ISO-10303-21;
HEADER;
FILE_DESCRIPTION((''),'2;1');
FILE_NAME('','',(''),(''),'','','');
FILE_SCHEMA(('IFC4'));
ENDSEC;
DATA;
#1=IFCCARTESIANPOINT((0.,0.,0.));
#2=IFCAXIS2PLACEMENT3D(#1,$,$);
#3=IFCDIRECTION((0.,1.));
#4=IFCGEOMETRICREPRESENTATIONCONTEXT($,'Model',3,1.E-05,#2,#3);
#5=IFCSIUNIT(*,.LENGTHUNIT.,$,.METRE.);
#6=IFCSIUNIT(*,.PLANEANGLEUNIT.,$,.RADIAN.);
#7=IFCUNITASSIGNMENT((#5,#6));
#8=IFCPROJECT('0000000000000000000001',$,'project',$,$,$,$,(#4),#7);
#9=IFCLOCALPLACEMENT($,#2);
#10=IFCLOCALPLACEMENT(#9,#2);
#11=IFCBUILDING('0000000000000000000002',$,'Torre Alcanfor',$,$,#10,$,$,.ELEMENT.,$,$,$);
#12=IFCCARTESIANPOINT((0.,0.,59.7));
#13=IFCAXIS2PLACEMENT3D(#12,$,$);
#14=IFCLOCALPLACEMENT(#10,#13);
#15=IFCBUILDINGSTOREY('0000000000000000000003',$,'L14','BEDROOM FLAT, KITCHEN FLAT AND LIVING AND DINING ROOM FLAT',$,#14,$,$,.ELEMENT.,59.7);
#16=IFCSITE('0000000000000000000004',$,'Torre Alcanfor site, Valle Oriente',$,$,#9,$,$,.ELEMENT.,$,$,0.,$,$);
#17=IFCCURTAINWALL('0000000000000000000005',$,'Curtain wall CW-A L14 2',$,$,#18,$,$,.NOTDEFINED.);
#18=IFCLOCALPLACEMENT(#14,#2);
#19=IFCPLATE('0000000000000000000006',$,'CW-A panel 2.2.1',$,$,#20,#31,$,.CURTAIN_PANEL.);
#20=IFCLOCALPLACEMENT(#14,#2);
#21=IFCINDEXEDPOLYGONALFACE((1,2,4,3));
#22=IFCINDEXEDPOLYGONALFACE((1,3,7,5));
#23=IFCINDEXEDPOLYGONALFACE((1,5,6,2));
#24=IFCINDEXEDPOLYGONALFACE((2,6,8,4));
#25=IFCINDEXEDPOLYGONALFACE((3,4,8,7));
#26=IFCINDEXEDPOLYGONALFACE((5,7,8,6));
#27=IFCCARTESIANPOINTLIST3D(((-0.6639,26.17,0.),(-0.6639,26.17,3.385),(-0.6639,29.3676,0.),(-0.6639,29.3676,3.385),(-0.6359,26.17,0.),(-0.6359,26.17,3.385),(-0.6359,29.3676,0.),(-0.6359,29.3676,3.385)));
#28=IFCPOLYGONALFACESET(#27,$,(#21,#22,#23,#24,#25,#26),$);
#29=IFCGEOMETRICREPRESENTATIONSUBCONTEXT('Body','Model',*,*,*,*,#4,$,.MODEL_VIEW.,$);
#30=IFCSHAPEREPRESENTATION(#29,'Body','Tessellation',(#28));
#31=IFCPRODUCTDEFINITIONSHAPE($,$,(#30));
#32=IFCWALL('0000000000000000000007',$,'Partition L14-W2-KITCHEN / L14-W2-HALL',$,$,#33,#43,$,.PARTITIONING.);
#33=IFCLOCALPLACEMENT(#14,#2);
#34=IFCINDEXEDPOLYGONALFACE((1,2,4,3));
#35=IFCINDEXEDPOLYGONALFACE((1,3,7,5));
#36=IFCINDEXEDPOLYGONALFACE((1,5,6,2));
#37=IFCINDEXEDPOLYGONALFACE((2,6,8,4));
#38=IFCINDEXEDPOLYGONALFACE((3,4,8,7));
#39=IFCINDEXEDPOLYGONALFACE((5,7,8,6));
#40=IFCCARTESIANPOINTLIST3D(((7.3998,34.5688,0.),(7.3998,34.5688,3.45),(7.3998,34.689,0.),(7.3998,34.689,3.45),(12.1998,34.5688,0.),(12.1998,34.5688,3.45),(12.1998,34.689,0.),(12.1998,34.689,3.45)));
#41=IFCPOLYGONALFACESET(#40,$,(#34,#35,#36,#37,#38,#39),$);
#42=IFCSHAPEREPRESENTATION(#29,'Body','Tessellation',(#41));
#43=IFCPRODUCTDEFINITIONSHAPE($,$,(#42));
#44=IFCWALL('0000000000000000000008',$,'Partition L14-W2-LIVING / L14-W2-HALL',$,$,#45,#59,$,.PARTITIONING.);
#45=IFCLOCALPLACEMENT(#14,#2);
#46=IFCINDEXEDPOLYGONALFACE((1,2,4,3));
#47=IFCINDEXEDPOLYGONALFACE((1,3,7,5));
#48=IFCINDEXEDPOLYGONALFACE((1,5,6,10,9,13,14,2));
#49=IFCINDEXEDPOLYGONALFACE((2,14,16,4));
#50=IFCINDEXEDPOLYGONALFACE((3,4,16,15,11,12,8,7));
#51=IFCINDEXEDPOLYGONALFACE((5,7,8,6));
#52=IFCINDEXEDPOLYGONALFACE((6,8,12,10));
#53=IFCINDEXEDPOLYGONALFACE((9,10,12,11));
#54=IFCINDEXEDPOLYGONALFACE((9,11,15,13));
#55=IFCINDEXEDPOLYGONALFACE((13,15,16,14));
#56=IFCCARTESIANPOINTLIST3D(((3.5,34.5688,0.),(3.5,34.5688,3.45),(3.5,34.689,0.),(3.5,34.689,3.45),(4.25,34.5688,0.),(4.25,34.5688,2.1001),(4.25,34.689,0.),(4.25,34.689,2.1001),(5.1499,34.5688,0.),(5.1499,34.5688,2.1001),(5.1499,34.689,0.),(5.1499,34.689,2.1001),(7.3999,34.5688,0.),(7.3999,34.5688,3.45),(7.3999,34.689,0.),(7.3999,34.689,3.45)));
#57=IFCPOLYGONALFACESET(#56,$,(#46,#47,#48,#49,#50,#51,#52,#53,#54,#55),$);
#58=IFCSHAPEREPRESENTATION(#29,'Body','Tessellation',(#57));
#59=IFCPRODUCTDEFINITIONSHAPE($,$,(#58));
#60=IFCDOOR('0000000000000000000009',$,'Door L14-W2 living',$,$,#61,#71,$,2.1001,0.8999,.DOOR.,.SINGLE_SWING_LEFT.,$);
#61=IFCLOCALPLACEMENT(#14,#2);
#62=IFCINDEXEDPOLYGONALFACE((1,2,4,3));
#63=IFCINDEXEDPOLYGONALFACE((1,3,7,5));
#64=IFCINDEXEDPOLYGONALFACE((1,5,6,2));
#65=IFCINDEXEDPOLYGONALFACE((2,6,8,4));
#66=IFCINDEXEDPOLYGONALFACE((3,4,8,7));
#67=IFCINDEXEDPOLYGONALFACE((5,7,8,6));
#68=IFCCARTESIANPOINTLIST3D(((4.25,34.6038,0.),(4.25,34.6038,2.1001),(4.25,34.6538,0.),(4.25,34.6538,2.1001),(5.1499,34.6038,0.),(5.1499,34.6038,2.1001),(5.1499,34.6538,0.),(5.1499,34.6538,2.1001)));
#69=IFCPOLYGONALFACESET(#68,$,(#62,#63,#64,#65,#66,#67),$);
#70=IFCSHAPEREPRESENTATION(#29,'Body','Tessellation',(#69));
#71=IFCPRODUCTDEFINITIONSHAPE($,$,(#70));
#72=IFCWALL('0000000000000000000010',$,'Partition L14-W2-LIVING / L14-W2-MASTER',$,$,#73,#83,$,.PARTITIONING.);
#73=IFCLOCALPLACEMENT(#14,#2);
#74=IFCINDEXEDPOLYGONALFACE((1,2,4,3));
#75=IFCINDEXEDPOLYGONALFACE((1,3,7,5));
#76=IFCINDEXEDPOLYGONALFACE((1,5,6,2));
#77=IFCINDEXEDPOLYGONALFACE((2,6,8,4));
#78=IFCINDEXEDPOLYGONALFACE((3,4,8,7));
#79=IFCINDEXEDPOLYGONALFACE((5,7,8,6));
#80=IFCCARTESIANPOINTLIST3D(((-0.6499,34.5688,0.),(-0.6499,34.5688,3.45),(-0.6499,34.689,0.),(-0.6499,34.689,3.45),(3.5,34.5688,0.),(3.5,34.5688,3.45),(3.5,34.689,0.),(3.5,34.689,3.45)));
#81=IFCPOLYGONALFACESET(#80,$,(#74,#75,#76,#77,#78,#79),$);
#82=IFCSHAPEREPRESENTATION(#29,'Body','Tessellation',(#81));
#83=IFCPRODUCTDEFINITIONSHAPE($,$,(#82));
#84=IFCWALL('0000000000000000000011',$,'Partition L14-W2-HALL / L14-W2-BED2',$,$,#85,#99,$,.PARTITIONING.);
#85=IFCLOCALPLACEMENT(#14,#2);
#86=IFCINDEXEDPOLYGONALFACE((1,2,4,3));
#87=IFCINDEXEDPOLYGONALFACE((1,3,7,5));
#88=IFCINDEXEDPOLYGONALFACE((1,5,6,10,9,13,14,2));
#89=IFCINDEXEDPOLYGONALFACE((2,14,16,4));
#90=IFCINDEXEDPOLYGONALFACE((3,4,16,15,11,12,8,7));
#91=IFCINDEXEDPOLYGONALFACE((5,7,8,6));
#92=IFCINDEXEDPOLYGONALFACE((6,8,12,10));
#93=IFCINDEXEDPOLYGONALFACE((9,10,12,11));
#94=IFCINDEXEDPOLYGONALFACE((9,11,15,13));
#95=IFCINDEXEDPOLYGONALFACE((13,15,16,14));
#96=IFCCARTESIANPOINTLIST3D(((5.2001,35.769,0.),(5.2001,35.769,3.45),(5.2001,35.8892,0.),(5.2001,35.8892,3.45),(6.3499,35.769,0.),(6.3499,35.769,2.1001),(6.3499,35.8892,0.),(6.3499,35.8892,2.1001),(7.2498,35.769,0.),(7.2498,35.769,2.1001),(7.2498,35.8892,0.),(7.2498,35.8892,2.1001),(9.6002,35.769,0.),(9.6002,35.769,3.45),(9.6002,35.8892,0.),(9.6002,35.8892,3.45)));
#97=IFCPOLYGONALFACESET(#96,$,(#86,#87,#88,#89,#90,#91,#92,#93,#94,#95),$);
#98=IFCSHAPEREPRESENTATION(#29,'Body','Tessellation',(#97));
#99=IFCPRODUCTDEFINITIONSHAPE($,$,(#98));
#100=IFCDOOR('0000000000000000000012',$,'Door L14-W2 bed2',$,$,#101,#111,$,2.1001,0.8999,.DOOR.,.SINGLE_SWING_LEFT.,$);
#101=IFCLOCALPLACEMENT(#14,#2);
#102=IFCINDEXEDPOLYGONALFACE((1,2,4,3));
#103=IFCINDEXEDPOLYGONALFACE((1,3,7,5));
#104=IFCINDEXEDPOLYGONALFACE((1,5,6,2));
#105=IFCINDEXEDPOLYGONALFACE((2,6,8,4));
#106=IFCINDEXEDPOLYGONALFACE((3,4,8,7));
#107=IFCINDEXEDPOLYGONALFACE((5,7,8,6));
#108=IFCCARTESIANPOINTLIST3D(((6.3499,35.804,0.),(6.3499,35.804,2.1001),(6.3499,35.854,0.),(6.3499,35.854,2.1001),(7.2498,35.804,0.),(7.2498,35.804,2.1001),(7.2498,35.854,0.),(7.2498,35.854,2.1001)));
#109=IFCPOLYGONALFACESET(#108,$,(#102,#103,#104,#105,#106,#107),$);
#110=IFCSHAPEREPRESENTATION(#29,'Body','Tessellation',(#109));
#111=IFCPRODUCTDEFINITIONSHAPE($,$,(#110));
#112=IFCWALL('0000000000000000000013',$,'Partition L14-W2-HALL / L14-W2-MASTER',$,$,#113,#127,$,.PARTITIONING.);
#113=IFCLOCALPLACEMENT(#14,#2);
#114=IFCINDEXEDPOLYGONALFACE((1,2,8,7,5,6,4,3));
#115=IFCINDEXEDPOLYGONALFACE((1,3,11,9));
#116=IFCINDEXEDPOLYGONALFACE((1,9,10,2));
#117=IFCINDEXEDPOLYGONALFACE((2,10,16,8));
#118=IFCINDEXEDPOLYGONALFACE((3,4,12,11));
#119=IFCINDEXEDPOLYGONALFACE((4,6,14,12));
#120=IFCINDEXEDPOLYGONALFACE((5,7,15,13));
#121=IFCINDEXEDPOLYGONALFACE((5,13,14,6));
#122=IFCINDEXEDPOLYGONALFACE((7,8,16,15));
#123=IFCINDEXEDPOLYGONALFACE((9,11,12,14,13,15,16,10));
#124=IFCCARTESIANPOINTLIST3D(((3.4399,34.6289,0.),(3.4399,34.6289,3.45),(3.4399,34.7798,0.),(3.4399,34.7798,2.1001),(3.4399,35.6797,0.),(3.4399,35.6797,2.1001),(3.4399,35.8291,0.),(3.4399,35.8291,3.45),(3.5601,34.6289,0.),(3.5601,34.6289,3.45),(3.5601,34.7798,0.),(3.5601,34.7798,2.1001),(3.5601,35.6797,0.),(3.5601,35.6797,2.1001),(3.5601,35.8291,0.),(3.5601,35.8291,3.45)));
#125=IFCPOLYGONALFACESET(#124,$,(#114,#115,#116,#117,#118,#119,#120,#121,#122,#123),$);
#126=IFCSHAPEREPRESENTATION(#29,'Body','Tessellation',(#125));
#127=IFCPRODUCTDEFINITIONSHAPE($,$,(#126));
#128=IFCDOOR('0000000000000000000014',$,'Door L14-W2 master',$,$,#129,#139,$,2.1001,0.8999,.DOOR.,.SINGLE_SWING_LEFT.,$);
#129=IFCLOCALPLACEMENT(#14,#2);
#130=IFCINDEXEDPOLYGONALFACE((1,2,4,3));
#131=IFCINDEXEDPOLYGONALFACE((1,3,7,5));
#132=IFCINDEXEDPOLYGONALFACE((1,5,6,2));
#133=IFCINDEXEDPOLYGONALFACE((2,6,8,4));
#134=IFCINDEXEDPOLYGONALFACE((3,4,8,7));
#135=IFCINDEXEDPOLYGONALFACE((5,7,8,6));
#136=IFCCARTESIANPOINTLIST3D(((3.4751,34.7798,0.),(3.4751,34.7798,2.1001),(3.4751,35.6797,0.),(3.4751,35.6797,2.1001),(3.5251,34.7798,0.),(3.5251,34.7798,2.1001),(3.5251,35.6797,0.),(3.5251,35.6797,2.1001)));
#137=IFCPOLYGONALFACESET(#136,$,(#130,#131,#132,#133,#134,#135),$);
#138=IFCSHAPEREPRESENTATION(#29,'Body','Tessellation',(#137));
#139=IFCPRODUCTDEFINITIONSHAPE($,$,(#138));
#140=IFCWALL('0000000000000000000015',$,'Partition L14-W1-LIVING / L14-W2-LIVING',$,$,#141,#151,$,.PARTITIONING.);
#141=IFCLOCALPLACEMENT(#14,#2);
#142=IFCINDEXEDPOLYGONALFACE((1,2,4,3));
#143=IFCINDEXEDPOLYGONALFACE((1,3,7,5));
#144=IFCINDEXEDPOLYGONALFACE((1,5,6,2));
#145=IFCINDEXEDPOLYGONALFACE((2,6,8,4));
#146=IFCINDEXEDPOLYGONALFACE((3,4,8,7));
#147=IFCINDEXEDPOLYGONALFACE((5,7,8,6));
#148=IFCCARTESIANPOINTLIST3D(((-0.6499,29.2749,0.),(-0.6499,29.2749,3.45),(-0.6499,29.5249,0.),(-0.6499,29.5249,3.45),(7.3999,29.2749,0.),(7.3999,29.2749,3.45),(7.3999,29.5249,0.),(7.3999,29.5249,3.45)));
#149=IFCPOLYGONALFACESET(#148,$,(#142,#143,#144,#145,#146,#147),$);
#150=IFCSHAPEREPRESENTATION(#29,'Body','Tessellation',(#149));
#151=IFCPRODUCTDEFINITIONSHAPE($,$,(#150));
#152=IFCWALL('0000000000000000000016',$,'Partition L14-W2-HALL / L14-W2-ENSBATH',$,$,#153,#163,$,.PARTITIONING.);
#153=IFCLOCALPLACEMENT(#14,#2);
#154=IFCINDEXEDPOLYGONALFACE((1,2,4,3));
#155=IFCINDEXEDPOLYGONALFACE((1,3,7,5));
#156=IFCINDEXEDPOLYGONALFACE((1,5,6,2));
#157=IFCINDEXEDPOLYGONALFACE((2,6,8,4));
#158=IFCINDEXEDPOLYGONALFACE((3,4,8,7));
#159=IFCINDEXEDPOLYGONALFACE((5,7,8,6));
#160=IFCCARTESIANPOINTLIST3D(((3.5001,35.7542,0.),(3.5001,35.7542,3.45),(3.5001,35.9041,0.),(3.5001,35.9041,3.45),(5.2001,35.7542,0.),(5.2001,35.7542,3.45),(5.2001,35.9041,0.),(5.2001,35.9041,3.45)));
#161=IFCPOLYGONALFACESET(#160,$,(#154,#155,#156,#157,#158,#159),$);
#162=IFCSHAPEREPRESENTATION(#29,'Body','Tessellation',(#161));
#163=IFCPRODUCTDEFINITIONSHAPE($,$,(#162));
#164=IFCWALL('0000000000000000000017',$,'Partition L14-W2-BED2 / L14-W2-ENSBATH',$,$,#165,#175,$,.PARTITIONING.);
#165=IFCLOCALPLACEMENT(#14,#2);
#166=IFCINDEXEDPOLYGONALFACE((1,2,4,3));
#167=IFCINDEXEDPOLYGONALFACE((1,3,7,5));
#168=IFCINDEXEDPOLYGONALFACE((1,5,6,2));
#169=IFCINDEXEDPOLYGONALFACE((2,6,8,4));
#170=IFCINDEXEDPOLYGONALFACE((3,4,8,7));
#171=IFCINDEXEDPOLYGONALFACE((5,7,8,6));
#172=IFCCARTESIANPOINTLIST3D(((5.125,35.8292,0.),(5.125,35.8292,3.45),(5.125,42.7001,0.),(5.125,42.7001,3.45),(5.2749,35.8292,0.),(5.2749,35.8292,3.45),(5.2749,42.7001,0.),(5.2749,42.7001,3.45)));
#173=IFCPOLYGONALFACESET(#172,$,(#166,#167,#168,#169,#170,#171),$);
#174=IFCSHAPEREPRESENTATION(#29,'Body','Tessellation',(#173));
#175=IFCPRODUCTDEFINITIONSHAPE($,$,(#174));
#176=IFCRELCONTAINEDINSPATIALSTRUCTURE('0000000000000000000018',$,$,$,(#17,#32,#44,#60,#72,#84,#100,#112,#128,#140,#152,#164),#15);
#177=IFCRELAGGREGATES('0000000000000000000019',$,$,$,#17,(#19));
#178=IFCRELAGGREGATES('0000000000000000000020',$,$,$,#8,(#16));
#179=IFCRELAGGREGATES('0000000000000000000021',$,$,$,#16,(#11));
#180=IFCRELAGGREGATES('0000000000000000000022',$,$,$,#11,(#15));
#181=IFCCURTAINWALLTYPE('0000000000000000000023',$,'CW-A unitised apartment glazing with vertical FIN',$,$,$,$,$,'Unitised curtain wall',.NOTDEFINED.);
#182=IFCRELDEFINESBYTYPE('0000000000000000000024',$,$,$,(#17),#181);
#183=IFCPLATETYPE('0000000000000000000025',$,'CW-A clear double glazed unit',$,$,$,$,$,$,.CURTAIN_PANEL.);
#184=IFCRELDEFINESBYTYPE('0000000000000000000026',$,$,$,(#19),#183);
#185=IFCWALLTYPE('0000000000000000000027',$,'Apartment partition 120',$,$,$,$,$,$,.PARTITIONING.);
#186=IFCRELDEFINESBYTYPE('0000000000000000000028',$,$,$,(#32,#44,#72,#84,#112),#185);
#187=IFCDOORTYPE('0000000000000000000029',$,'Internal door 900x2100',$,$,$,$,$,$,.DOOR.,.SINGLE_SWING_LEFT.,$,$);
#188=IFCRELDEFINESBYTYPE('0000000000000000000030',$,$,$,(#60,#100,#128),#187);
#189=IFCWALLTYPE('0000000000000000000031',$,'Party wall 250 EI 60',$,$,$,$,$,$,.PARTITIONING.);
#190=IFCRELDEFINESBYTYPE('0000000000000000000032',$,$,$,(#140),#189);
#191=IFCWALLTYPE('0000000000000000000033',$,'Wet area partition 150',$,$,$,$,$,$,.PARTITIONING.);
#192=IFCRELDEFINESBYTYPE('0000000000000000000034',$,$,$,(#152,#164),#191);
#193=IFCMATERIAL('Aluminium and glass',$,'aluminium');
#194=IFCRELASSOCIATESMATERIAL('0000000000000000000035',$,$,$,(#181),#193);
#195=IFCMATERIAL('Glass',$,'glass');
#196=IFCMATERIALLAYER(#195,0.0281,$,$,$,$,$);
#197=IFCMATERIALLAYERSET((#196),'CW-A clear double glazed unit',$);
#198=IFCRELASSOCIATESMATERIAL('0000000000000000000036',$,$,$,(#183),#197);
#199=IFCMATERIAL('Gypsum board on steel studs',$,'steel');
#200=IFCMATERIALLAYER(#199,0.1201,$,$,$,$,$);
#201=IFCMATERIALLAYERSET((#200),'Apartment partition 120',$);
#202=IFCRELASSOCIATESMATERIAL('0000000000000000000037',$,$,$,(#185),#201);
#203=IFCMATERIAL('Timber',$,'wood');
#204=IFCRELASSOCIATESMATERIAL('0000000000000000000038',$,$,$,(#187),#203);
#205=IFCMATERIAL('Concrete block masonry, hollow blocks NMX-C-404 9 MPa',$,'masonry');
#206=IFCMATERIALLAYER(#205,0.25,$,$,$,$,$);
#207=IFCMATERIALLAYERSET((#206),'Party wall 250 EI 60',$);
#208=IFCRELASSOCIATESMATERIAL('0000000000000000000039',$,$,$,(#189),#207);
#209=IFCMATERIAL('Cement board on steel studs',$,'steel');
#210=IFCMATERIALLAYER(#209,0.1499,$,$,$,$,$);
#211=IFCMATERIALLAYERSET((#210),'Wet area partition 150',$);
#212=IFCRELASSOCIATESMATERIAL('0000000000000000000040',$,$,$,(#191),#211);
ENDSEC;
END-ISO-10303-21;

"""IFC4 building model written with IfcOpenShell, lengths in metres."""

from ifc_helpers import new_model, si_unit, direction, frame, frame_2d, origin, origin_2d, place, context, subcontext, project, spatial, rectangle, extrude, material, layer, layer_set, type_object, element, fill, aggregate, save


model = new_model("IFC4")

# Units and contexts
model_context = context("Model", 3, precision=1e-05, world=origin(), true_north=direction((0.0, 1.0)))
body_context = subcontext(model_context, "Body", "Model", "MODEL_VIEW")
ifc_project = project(units=[si_unit("LENGTHUNIT", "METRE"), si_unit("PLANEANGLEUNIT", "RADIAN")], contexts=[model_context])

# Site, building, storey
site_placement = place(None, origin())
site = spatial("IfcSite", under=ifc_project, at=site_placement, Name="Torre Alcanfor site, Valle Oriente", CompositionType="ELEMENT", RefElevation=0.0)
building_placement = place(site_placement, origin())
building = spatial("IfcBuilding", under=site, at=building_placement, Name="Torre Alcanfor", CompositionType="ELEMENT")
storey_placement = place(building_placement, frame((0.0, 0.0, 59.7)))
storey = spatial("IfcBuildingStorey", under=building, at=storey_placement, Name="L14", Description="BEDROOM FLAT, KITCHEN FLAT AND LIVING AND DINING ROOM FLAT", CompositionType="ELEMENT", Elevation=59.7)

# Curtain wall
ifc_material_1 = material(Name="Aluminium and glass", Category="aluminium")
curtain_wall_type = type_object("IfcCurtainWallType", Name="CW-A unitised apartment glazing with vertical FIN", ElementType="Unitised curtain wall", PredefinedType="NOTDEFINED", material=ifc_material_1)
curtain_wall_placement = place(storey_placement, origin())
curtain_wall = element("IfcCurtainWall", 1, at=curtain_wall_placement, inside=storey, type_object=curtain_wall_type, Name="Curtain wall CW-A L14 2", PredefinedType="NOTDEFINED")

# Plate
ifc_material_2 = material(Name="Glass", Category="glass")
ifc_layer_1 = layer(ifc_material_2, 0.0281)
ifc_layer_set_1 = layer_set([ifc_layer_1], Name="CW-A clear double glazed unit")
plate_type = type_object("IfcPlateType", Name="CW-A clear double glazed unit", PredefinedType="CURTAIN_PANEL", material=ifc_layer_set_1)
plate_1_placement = place(storey_placement, frame((-0.6499, 27.7688, 0.0), z_axis=(0.0, 0.0, 1.0), x_axis=(0.0, -1.0, 0.0)))
plate_1 = element("IfcPlate", 2, at=plate_1_placement, type_object=plate_type, Name="CW-A panel 2.2.1", PredefinedType="CURTAIN_PANEL", context=body_context, shape_type="SweptSolid", body=[
    extrude(rectangle(XDim=3.1975, YDim=0.0281, at=origin_2d()), origin(), (0.0, 0.0, 1.0), 3.385),
])
aggregate(curtain_wall, [plate_1])

# Wall
ifc_material_3 = material(Name="Gypsum board on steel studs", Category="steel")
ifc_layer_2 = layer(ifc_material_3, 0.1201)
ifc_layer_set_2 = layer_set([ifc_layer_2], Name="Apartment partition 120")
wall_type_1 = type_object("IfcWallType", Name="Apartment partition 120", PredefinedType="PARTITIONING", material=ifc_layer_set_2)
wall_1_placement = place(storey_placement, frame((7.3999, 34.6289, 0.0), z_axis=(0.0, 0.0, 1.0), x_axis=(1.0, 0.0, 0.0)))
element("IfcWall", 3, at=wall_1_placement, inside=storey, type_object=wall_type_1, Name="Partition L14-W2-KITCHEN / L14-W2-HALL", PredefinedType="PARTITIONING", context=body_context, shape_type="SweptSolid", body=[
    extrude(rectangle(XDim=4.8, YDim=0.1201, at=frame_2d((2.3999, 0.0))), origin(), (0.0, 0.0, 1.0), 3.45),
])

# Wall, opening, door
wall_2_placement = place(storey_placement, frame((3.5, 34.6289, 0.0), z_axis=(0.0, 0.0, 1.0), x_axis=(1.0, 0.0, 0.0)))
wall_2 = element("IfcWall", 4, at=wall_2_placement, inside=storey, type_object=wall_type_1, Name="Partition L14-W2-LIVING / L14-W2-HALL", PredefinedType="PARTITIONING", context=body_context, shape_type="SweptSolid", body=[
    extrude(rectangle(XDim=3.8999, YDim=0.1201, at=frame_2d((1.95, 0.0))), origin(), (0.0, 0.0, 1.0), 3.45),
])
opening_1_placement = place(wall_2_placement, frame((0.75, 0.0, 0.0)))
opening_1 = element("IfcOpeningElement", 5, at=opening_1_placement, cuts=wall_2, PredefinedType="OPENING", context=body_context, shape_type="SweptSolid", body=[
    extrude(rectangle(XDim=0.8999, YDim=2.1001, at=frame_2d((0.45, 1.05))), frame((0.0, 0.0701, 0.0), z_axis=(0.0, -1.0, 0.0), x_axis=(1.0, 0.0, 0.0)), (0.0, 0.0, 1.0), 0.1401),
])
ifc_material_4 = material(Name="Timber", Category="wood")
door_type_1 = type_object("IfcDoorType", Name="Internal door 900x2100", OperationType="SINGLE_SWING_LEFT", PredefinedType="DOOR", material=ifc_material_4)
door_1_placement = place(opening_1_placement, frame((0.8999, 0.0, 0.0), z_axis=(0.0, 0.0, 1.0), x_axis=(-1.0, 0.0, 0.0)))
door_1 = element("IfcDoor", 6, at=door_1_placement, inside=storey, type_object=door_type_1, Name="Door L14-W2 living", OperationType="SINGLE_SWING_LEFT", OverallHeight=2.1001, OverallWidth=0.8999, PredefinedType="DOOR", context=body_context, shape_type="SweptSolid", body=[
    extrude(rectangle(XDim=0.8999, YDim=2.1001, at=frame_2d((0.45, 1.05))), frame((0.0, 0.0251, 0.0), z_axis=(0.0, -1.0, 0.0), x_axis=(1.0, 0.0, 0.0)), (0.0, 0.0, 1.0), 0.05),
])
fill(opening_1, door_1)

# Wall
wall_3_placement = place(storey_placement, frame((-0.6499, 34.6289, 0.0), z_axis=(0.0, 0.0, 1.0), x_axis=(1.0, 0.0, 0.0)))
element("IfcWall", 7, at=wall_3_placement, inside=storey, type_object=wall_type_1, Name="Partition L14-W2-LIVING / L14-W2-MASTER", PredefinedType="PARTITIONING", context=body_context, shape_type="SweptSolid", body=[
    extrude(rectangle(XDim=4.1499, YDim=0.1201, at=frame_2d((2.075, 0.0))), origin(), (0.0, 0.0, 1.0), 3.45),
])

# Walls, openings, doors
wall_4_placement = place(storey_placement, frame((5.2, 35.8291, 0.0), z_axis=(0.0, 0.0, 1.0), x_axis=(1.0, 0.0, 0.0)))
wall_4 = element("IfcWall", 8, at=wall_4_placement, inside=storey, type_object=wall_type_1, Name="Partition L14-W2-HALL / L14-W2-BED2", PredefinedType="PARTITIONING", context=body_context, shape_type="SweptSolid", body=[
    extrude(rectangle(XDim=4.4001, YDim=0.1201, at=frame_2d((2.2002, 0.0))), origin(), (0.0, 0.0, 1.0), 3.45),
])
opening_2_placement = place(wall_4_placement, frame((1.1499, 0.0, 0.0)))
opening_2 = element("IfcOpeningElement", 9, at=opening_2_placement, cuts=wall_4, PredefinedType="OPENING", context=body_context, shape_type="SweptSolid", body=[
    extrude(rectangle(XDim=0.8999, YDim=2.1001, at=frame_2d((0.45, 1.05))), frame((0.0, 0.0701, 0.0), z_axis=(0.0, -1.0, 0.0), x_axis=(1.0, 0.0, 0.0)), (0.0, 0.0, 1.0), 0.1401),
])
door_2_placement = place(opening_2_placement, origin())
door_2 = element("IfcDoor", 10, at=door_2_placement, inside=storey, type_object=door_type_1, Name="Door L14-W2 bed2", OperationType="SINGLE_SWING_LEFT", OverallHeight=2.1001, OverallWidth=0.8999, PredefinedType="DOOR", context=body_context, shape_type="SweptSolid", body=[
    extrude(rectangle(XDim=0.8999, YDim=2.1001, at=frame_2d((0.45, 1.05))), frame((0.0, 0.0249, 0.0), z_axis=(0.0, -1.0, 0.0), x_axis=(1.0, 0.0, 0.0)), (0.0, 0.0, 1.0), 0.05),
])
fill(opening_2, door_2)
wall_5_placement = place(storey_placement, frame((3.5, 34.6289, 0.0), z_axis=(0.0, 0.0, 1.0), x_axis=(0.0, 1.0, 0.0)))
wall_5 = element("IfcWall", 11, at=wall_5_placement, inside=storey, type_object=wall_type_1, Name="Partition L14-W2-HALL / L14-W2-MASTER", PredefinedType="PARTITIONING", context=body_context, shape_type="SweptSolid", body=[
    extrude(rectangle(XDim=1.2002, YDim=0.1201, at=frame_2d((0.6001, 0.0))), origin(), (0.0, 0.0, 1.0), 3.45),
])
opening_3_placement = place(wall_5_placement, frame((0.1509, 0.0, 0.0)))
opening_3 = element("IfcOpeningElement", 12, at=opening_3_placement, cuts=wall_5, PredefinedType="OPENING", context=body_context, shape_type="SweptSolid", body=[
    extrude(rectangle(XDim=0.8999, YDim=2.1001, at=frame_2d((0.45, 1.05))), frame((0.0, 0.0701, 0.0), z_axis=(0.0, -1.0, 0.0), x_axis=(1.0, 0.0, 0.0)), (0.0, 0.0, 1.0), 0.1401),
])
door_3_placement = place(opening_3_placement, origin())
door_3 = element("IfcDoor", 13, at=door_3_placement, inside=storey, type_object=door_type_1, Name="Door L14-W2 master", OperationType="SINGLE_SWING_LEFT", OverallHeight=2.1001, OverallWidth=0.8999, PredefinedType="DOOR", context=body_context, shape_type="SweptSolid", body=[
    extrude(rectangle(XDim=0.8999, YDim=2.1001, at=frame_2d((0.45, 1.05))), frame((0.0, 0.0249, 0.0), z_axis=(0.0, -1.0, 0.0), x_axis=(1.0, 0.0, 0.0)), (0.0, 0.0, 1.0), 0.05),
])
fill(opening_3, door_3)

# Walls
ifc_material_5 = material(Name="Concrete block masonry, hollow blocks NMX-C-404 9 MPa", Category="masonry")
ifc_layer_3 = layer(ifc_material_5, 0.25)
ifc_layer_set_3 = layer_set([ifc_layer_3], Name="Party wall 250 EI 60")
wall_type_2 = type_object("IfcWallType", Name="Party wall 250 EI 60", PredefinedType="PARTITIONING", material=ifc_layer_set_3)
wall_6_placement = place(storey_placement, frame((7.3999, 29.3999, 0.0), z_axis=(0.0, 0.0, 1.0), x_axis=(-1.0, 0.0, 0.0)))
element("IfcWall", 14, at=wall_6_placement, inside=storey, type_object=wall_type_2, Name="Partition L14-W1-LIVING / L14-W2-LIVING", PredefinedType="PARTITIONING", context=body_context, shape_type="SweptSolid", body=[
    extrude(rectangle(XDim=8.0498, YDim=0.25, at=frame_2d((4.0249, 0.0))), origin(), (0.0, 0.0, 1.0), 3.45),
])
ifc_material_6 = material(Name="Cement board on steel studs", Category="steel")
ifc_layer_4 = layer(ifc_material_6, 0.1499)
ifc_layer_set_4 = layer_set([ifc_layer_4], Name="Wet area partition 150")
wall_type_3 = type_object("IfcWallType", Name="Wet area partition 150", PredefinedType="PARTITIONING", material=ifc_layer_set_4)
wall_7_placement = place(storey_placement, frame((3.5, 35.8291, 0.0), z_axis=(0.0, 0.0, 1.0), x_axis=(1.0, 0.0, 0.0)))
element("IfcWall", 15, at=wall_7_placement, inside=storey, type_object=wall_type_3, Name="Partition L14-W2-HALL / L14-W2-ENSBATH", PredefinedType="PARTITIONING", context=body_context, shape_type="SweptSolid", body=[
    extrude(rectangle(XDim=1.7, YDim=0.1499, at=frame_2d((0.8501, 0.0))), origin(), (0.0, 0.0, 1.0), 3.45),
])
wall_8_placement = place(storey_placement, frame((5.2, 35.8291, 0.0), z_axis=(0.0, 0.0, 1.0), x_axis=(0.0, 1.0, 0.0)))
element("IfcWall", 16, at=wall_8_placement, inside=storey, type_object=wall_type_3, Name="Partition L14-W2-BED2 / L14-W2-ENSBATH", PredefinedType="PARTITIONING", context=body_context, shape_type="SweptSolid", body=[
    extrude(rectangle(XDim=6.8708, YDim=0.1499, at=frame_2d((3.4355, 0.0))), origin(), (0.0, 0.0, 1.0), 3.45),
])

save(model, "model.ifc")
